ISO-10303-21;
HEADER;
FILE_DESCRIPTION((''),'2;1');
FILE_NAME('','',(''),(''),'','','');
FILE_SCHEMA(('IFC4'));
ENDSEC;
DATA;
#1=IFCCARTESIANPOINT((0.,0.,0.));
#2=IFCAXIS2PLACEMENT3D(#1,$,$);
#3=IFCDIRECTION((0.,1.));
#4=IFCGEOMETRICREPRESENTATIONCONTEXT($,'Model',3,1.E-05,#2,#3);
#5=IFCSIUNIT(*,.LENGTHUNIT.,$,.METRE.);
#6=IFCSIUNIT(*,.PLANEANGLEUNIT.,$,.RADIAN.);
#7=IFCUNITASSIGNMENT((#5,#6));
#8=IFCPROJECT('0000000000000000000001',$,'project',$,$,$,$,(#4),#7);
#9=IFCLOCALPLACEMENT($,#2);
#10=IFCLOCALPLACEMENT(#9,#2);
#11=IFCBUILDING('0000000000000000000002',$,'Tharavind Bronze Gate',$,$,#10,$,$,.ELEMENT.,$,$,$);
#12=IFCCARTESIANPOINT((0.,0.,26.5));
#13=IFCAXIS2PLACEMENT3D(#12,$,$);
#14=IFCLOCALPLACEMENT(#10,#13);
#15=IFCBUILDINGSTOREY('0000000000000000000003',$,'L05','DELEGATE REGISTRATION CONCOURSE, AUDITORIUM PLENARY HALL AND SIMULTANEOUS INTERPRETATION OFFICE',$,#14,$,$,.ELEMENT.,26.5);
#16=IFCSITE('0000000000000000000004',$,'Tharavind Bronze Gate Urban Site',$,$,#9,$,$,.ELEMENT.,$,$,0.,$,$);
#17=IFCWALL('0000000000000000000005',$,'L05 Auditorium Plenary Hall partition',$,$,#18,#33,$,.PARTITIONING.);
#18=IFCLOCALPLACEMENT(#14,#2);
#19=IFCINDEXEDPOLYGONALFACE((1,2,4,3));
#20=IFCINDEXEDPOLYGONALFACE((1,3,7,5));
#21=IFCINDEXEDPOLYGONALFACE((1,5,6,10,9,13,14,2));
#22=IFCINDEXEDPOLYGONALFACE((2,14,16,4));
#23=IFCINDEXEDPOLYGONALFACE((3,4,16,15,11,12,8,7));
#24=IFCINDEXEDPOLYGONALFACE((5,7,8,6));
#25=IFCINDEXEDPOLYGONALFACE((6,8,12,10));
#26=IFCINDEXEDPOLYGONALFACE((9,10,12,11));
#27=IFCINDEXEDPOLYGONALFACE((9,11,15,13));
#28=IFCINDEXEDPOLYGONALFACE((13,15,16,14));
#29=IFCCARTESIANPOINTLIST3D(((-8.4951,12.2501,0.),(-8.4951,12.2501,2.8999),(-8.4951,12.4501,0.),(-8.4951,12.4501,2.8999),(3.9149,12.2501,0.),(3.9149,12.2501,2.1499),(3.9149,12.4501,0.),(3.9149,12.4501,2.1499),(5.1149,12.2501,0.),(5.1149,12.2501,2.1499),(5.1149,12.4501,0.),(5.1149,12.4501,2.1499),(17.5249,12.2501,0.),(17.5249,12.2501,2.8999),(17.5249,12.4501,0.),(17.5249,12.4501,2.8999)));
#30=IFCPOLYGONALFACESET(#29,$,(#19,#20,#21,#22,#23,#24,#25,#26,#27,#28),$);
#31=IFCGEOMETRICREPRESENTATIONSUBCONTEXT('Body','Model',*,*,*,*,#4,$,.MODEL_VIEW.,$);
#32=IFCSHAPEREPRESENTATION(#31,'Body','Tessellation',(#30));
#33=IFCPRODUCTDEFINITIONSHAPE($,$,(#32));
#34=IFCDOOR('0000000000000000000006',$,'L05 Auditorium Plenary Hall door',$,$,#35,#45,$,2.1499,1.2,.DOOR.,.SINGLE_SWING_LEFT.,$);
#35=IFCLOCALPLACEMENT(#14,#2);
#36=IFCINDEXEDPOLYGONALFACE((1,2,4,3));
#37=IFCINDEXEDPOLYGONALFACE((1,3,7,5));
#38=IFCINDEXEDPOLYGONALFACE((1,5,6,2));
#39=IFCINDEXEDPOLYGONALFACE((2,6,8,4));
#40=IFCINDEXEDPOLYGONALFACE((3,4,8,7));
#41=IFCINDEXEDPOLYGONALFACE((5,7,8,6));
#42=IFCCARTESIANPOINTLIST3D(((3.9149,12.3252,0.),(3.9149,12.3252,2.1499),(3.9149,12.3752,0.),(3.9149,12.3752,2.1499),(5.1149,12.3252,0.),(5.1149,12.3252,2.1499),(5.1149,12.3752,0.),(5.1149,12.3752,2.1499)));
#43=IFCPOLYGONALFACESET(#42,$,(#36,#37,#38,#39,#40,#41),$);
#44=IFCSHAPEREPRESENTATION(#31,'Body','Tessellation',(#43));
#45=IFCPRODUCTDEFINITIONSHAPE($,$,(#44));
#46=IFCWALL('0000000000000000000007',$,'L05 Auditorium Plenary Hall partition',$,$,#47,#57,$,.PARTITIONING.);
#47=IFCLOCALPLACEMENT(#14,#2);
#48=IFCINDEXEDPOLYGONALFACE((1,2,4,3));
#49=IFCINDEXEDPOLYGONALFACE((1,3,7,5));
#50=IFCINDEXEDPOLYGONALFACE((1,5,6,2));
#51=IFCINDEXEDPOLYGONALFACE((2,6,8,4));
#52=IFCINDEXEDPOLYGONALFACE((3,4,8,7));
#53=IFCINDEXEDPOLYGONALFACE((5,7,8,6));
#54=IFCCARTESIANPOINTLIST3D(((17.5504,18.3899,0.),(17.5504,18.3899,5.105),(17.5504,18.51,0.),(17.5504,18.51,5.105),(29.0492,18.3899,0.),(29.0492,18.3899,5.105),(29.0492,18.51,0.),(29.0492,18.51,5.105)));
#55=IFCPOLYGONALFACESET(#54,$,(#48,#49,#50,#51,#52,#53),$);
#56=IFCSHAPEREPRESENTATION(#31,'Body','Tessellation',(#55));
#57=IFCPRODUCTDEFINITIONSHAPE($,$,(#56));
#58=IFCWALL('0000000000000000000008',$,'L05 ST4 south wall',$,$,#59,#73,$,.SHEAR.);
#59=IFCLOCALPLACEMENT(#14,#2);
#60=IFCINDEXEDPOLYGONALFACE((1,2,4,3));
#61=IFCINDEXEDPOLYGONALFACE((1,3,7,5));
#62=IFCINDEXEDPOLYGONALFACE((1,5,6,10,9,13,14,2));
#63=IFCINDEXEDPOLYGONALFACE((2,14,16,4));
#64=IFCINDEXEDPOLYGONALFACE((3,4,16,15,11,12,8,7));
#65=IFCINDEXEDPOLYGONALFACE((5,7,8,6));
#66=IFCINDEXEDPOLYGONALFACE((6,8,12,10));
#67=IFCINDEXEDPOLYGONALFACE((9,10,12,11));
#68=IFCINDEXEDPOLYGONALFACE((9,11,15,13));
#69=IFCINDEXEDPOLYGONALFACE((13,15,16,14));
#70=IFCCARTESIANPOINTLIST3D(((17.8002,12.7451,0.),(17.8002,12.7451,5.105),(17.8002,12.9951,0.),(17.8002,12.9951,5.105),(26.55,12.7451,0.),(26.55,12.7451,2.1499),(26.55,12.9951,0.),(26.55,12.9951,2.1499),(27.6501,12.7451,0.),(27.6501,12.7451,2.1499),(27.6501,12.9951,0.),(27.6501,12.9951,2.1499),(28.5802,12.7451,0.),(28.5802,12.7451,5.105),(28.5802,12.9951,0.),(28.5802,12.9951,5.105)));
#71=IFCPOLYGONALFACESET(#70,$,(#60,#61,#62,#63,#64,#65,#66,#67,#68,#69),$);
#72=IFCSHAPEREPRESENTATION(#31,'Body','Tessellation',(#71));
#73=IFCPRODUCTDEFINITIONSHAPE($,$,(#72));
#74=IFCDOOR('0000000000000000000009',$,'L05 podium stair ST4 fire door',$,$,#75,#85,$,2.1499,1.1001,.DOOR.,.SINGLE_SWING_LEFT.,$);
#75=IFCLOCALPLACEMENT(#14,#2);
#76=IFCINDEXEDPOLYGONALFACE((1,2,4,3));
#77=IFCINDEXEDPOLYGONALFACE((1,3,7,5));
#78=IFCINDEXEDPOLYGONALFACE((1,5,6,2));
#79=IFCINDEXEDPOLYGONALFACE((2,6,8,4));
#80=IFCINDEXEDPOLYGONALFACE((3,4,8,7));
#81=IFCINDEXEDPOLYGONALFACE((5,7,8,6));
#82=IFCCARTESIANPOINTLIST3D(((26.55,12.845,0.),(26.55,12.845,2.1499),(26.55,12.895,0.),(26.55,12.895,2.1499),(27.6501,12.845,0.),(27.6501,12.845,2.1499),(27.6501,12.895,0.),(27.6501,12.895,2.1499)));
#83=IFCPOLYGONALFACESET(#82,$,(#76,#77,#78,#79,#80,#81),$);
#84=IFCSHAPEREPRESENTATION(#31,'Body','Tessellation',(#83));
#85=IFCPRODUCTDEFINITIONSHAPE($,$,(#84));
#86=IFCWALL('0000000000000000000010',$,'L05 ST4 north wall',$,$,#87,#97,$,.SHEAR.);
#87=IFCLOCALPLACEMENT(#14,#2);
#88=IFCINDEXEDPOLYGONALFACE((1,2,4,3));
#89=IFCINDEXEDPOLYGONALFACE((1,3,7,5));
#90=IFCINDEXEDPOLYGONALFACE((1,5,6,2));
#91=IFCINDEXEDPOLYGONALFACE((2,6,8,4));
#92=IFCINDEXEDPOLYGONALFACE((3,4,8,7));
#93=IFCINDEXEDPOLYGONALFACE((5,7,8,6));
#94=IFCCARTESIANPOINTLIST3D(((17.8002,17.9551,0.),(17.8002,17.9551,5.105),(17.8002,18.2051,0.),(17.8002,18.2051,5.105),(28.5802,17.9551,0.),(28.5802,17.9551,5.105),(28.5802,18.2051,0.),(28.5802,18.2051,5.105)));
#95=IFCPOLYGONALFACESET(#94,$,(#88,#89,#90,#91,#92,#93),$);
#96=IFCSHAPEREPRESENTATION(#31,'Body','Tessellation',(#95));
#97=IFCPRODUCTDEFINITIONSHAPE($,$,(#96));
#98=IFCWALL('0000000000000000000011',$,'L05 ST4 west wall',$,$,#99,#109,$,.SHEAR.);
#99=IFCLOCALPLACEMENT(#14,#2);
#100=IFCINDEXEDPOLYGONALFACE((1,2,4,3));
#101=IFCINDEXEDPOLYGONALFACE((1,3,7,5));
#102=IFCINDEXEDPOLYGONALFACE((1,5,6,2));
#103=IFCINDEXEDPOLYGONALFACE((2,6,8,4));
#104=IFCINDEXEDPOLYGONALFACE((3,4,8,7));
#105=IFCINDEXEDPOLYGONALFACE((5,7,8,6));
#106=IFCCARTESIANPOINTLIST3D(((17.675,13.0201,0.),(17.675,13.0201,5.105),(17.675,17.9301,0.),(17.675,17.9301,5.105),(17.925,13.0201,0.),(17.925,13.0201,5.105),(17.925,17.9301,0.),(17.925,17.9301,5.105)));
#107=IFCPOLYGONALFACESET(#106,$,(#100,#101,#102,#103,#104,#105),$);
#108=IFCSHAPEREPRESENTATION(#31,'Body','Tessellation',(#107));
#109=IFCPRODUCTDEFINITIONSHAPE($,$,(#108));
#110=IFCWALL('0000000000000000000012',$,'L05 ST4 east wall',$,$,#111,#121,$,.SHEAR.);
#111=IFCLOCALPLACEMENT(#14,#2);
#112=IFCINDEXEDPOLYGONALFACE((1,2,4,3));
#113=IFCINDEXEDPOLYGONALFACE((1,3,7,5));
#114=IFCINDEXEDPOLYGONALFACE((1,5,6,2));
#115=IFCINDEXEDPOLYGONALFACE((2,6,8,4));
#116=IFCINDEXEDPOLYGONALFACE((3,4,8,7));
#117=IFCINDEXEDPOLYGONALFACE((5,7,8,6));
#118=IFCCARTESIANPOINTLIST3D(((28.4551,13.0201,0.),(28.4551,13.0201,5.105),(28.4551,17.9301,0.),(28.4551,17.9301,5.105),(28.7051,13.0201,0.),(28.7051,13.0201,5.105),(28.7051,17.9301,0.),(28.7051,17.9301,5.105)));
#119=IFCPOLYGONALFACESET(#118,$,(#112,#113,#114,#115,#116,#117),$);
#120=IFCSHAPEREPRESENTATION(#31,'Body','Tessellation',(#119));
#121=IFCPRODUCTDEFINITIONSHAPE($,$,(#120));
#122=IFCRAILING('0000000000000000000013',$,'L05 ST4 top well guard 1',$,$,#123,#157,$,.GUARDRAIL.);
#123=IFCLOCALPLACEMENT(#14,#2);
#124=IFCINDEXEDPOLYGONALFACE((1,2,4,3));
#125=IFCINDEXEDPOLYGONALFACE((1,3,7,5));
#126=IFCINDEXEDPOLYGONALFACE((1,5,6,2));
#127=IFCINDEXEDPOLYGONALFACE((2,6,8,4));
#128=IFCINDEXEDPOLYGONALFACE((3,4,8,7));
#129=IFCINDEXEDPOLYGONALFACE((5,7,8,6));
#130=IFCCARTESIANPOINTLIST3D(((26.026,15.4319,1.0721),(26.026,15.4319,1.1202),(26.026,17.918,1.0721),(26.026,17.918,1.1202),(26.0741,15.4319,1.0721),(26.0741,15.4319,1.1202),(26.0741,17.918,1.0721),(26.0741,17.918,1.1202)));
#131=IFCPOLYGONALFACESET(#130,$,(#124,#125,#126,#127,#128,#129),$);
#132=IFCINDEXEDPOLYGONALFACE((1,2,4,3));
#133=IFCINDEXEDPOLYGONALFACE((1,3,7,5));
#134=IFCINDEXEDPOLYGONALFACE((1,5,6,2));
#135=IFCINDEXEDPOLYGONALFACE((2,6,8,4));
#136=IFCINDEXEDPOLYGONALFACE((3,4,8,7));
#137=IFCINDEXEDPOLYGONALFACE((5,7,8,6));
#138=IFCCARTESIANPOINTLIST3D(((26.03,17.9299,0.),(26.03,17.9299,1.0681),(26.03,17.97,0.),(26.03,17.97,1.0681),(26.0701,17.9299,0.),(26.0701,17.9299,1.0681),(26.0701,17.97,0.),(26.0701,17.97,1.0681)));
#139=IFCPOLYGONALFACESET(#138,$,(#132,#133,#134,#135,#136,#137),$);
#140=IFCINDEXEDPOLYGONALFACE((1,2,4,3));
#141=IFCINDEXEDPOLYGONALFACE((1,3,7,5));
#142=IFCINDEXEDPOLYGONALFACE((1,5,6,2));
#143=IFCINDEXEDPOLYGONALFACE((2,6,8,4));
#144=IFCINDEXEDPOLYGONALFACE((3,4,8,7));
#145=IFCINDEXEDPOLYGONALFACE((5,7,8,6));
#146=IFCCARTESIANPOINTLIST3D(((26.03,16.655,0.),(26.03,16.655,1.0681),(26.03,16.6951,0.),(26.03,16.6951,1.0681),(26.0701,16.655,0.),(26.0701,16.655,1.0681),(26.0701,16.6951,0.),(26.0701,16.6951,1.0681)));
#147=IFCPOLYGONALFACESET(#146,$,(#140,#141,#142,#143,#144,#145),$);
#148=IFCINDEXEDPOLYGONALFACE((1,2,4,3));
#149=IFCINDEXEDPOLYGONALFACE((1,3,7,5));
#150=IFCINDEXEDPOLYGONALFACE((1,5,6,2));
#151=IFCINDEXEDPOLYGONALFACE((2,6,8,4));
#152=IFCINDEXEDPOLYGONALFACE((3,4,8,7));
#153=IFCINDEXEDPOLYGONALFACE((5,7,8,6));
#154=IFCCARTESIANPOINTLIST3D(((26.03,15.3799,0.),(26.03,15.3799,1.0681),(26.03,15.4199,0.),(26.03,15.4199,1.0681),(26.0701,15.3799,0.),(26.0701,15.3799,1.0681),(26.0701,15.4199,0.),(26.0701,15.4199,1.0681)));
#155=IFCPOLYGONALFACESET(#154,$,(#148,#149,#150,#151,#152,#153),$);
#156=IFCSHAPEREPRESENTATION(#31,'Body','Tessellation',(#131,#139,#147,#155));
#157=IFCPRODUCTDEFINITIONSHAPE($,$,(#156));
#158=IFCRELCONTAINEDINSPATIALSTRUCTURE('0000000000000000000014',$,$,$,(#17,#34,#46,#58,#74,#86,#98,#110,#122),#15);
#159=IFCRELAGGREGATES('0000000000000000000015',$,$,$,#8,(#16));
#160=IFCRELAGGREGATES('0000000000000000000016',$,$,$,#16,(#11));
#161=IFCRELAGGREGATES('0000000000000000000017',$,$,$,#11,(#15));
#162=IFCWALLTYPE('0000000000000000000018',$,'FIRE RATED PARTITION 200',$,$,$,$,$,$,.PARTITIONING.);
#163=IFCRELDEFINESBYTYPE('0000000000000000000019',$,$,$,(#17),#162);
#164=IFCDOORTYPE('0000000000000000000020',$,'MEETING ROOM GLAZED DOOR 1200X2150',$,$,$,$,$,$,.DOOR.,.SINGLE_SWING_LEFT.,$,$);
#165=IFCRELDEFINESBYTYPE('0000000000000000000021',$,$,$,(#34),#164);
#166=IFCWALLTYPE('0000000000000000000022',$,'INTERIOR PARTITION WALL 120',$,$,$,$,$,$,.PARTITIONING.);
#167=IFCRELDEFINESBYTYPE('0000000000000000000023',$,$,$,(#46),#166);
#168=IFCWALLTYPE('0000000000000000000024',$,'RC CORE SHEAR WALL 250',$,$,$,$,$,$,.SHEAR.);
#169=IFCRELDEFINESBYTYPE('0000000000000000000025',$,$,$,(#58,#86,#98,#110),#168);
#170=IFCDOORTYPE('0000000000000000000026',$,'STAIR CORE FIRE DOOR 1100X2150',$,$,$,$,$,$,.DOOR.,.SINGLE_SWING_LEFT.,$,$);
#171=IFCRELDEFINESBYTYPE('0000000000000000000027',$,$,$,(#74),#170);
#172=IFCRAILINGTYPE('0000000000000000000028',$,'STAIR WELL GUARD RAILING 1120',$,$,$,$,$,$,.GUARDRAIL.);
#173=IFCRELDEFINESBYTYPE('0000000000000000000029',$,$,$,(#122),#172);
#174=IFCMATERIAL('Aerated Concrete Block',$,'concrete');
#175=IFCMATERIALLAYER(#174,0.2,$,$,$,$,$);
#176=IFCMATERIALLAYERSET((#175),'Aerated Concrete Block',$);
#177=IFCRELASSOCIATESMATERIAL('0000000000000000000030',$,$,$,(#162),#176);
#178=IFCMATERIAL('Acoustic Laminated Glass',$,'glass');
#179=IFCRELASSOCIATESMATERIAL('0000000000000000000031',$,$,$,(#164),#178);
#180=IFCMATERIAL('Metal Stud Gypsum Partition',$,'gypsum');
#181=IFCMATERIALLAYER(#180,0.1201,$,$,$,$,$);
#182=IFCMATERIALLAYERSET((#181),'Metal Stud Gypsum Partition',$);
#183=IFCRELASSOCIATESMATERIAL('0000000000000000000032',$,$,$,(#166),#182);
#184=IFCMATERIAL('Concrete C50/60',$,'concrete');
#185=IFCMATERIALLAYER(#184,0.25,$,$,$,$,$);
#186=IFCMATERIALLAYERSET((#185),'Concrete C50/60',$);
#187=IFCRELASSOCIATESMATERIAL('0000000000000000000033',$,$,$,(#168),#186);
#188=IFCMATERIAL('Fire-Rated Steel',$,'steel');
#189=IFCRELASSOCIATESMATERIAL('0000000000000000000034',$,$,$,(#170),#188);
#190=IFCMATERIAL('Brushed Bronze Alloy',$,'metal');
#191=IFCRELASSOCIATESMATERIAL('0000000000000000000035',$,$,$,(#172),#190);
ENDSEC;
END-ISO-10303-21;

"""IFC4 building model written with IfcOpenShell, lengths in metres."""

from ifc_helpers import new_model, si_unit, direction, frame, frame_2d, origin, origin_2d, place, context, subcontext, project, spatial, rectangle, extrude, material, layer, layer_set, type_object, element, fill, save


model = new_model("IFC4")

# Units and contexts
model_context = context("Model", 3, precision=1e-05, world=origin(), true_north=direction((0.0, 1.0)))
body_context = subcontext(model_context, "Body", "Model", "MODEL_VIEW")
ifc_project = project(units=[si_unit("LENGTHUNIT", "METRE"), si_unit("PLANEANGLEUNIT", "RADIAN")], contexts=[model_context])

# Site, building, storey
site_placement = place(None, origin())
site = spatial("IfcSite", under=ifc_project, at=site_placement, Name="Tharavind Bronze Gate Urban Site", CompositionType="ELEMENT", RefElevation=0.0)
building_placement = place(site_placement, origin())
building = spatial("IfcBuilding", under=site, at=building_placement, Name="Tharavind Bronze Gate", CompositionType="ELEMENT")
storey_placement = place(building_placement, frame((0.0, 0.0, 26.5)))
storey = spatial("IfcBuildingStorey", under=building, at=storey_placement, Name="L05", Description="DELEGATE REGISTRATION CONCOURSE, AUDITORIUM PLENARY HALL AND SIMULTANEOUS INTERPRETATION OFFICE", CompositionType="ELEMENT", Elevation=26.5)

# Shared definitions
ifc_material_1 = material(Name="Aerated Concrete Block", Category="concrete")
ifc_layer_1 = layer(ifc_material_1, 0.2)
ifc_layer_set_1 = layer_set([ifc_layer_1], Name="Aerated Concrete Block")
wall_type_1 = type_object("IfcWallType", Name="FIRE RATED PARTITION 200", PredefinedType="PARTITIONING", material=ifc_layer_set_1)

# Wall, opening, door
wall_1_placement = place(storey_placement, frame((17.5249, 12.3501, 0.0), z_axis=(0.0, 0.0, 1.0), x_axis=(-1.0, 0.0, 0.0)))
wall_1 = element("IfcWall", 1, at=wall_1_placement, inside=storey, type_object=wall_type_1, Name="L05 Auditorium Plenary Hall partition", PredefinedType="PARTITIONING", context=body_context, shape_type="SweptSolid", body=[
    extrude(rectangle(XDim=26.02, YDim=0.2, at=frame_2d((13.01, 0.0))), origin(), (0.0, 0.0, 1.0), 2.8999),
])
opening_1_placement = place(wall_1_placement, frame((12.4099, 0.0, 0.0)))
opening_1 = element("IfcOpeningElement", 2, at=opening_1_placement, cuts=wall_1, PredefinedType="OPENING", context=body_context, shape_type="SweptSolid", body=[
    extrude(rectangle(XDim=1.2, YDim=2.1499, at=frame_2d((0.6001, 1.075))), frame((0.0, 0.1101, 0.0), z_axis=(0.0, -1.0, 0.0), x_axis=(1.0, 0.0, 0.0)), (0.0, 0.0, 1.0), 0.22),
])
ifc_material_2 = material(Name="Acoustic Laminated Glass", Category="glass")
door_type_1 = type_object("IfcDoorType", Name="MEETING ROOM GLAZED DOOR 1200X2150", OperationType="SINGLE_SWING_LEFT", PredefinedType="DOOR", material=ifc_material_2)
door_1_placement = place(opening_1_placement, origin())
door_1 = element("IfcDoor", 3, at=door_1_placement, inside=storey, type_object=door_type_1, Name="L05 Auditorium Plenary Hall door", OperationType="SINGLE_SWING_LEFT", OverallHeight=2.1499, OverallWidth=1.2, PredefinedType="DOOR", context=body_context, shape_type="SweptSolid", body=[
    extrude(rectangle(XDim=1.2, YDim=2.1499, at=frame_2d((0.6001, 1.075))), frame((0.0, 0.0249, 0.0), z_axis=(0.0, -1.0, 0.0), x_axis=(1.0, 0.0, 0.0)), (0.0, 0.0, 1.0), 0.05),
])
fill(opening_1, door_1)

# Wall
ifc_material_3 = material(Name="Metal Stud Gypsum Partition", Category="gypsum")
ifc_layer_2 = layer(ifc_material_3, 0.1201)
ifc_layer_set_2 = layer_set([ifc_layer_2], Name="Metal Stud Gypsum Partition")
wall_type_2 = type_object("IfcWallType", Name="INTERIOR PARTITION WALL 120", PredefinedType="PARTITIONING", material=ifc_layer_set_2)
wall_2_placement = place(storey_placement, frame((29.0493, 18.45, 0.0), z_axis=(0.0, 0.0, 1.0), x_axis=(-1.0, 0.0, 0.0)))
element("IfcWall", 4, at=wall_2_placement, inside=storey, type_object=wall_type_2, Name="L05 Auditorium Plenary Hall partition", PredefinedType="PARTITIONING", context=body_context, shape_type="SweptSolid", body=[
    extrude(rectangle(XDim=11.4988, YDim=0.1201, at=frame_2d((5.7495, 0.0))), origin(), (0.0, 0.0, 1.0), 5.105),
])

# Wall, opening, door
ifc_material_4 = material(Name="Concrete C50/60", Category="concrete")
ifc_layer_3 = layer(ifc_material_4, 0.25)
ifc_layer_set_3 = layer_set([ifc_layer_3], Name="Concrete C50/60")
wall_type_3 = type_object("IfcWallType", Name="RC CORE SHEAR WALL 250", PredefinedType="SHEAR", material=ifc_layer_set_3)
wall_3_placement = place(storey_placement, frame((17.8, 12.8701, 0.0), z_axis=(0.0, 0.0, 1.0), x_axis=(1.0, 0.0, 0.0)))
wall_3 = element("IfcWall", 5, at=wall_3_placement, inside=storey, type_object=wall_type_3, Name="L05 ST4 south wall", PredefinedType="SHEAR", context=body_context, shape_type="SweptSolid", body=[
    extrude(rectangle(XDim=10.78, YDim=0.25, at=frame_2d((5.3901, 0.0))), origin(), (0.0, 0.0, 1.0), 5.105),
])
opening_2_placement = place(wall_3_placement, frame((8.75, 0.0, 0.0)))
opening_2 = element("IfcOpeningElement", 6, at=opening_2_placement, cuts=wall_3, PredefinedType="OPENING", context=body_context, shape_type="SweptSolid", body=[
    extrude(rectangle(XDim=1.1001, YDim=2.1499, at=frame_2d((0.55, 1.075))), frame((0.0, 0.135, 0.0), z_axis=(0.0, -1.0, 0.0), x_axis=(1.0, 0.0, 0.0)), (0.0, 0.0, 1.0), 0.27),
])
ifc_material_5 = material(Name="Fire-Rated Steel", Category="steel")
door_type_2 = type_object("IfcDoorType", Name="STAIR CORE FIRE DOOR 1100X2150", OperationType="SINGLE_SWING_LEFT", PredefinedType="DOOR", material=ifc_material_5)
door_2_placement = place(opening_2_placement, origin())
door_2 = element("IfcDoor", 7, at=door_2_placement, inside=storey, type_object=door_type_2, Name="L05 podium stair ST4 fire door", OperationType="SINGLE_SWING_LEFT", OverallHeight=2.1499, OverallWidth=1.1001, PredefinedType="DOOR", context=body_context, shape_type="SweptSolid", body=[
    extrude(rectangle(XDim=1.1001, YDim=2.1499, at=frame_2d((0.55, 1.075))), frame((0.0, 0.0249, 0.0), z_axis=(0.0, -1.0, 0.0), x_axis=(1.0, 0.0, 0.0)), (0.0, 0.0, 1.0), 0.05),
])
fill(opening_2, door_2)

# Walls
wall_4_placement = place(storey_placement, frame((17.8, 18.0801, 0.0), z_axis=(0.0, 0.0, 1.0), x_axis=(1.0, 0.0, 0.0)))
element("IfcWall", 8, at=wall_4_placement, inside=storey, type_object=wall_type_3, Name="L05 ST4 north wall", PredefinedType="SHEAR", context=body_context, shape_type="SweptSolid", body=[
    extrude(rectangle(XDim=10.78, YDim=0.25, at=frame_2d((5.3901, 0.0))), origin(), (0.0, 0.0, 1.0), 5.105),
])
for number, where, z_axis, x_axis, name in (
    (9, (17.8, 13.02, 0.0), (0.0, 0.0, 1.0), (0.0, 1.0, 0.0), "L05 ST4 west wall"),
    (10, (28.5801, 13.02, 0.0), (0.0, 0.0, 1.0), (0.0, 1.0, 0.0), "L05 ST4 east wall"),
):
    element("IfcWall", number, at=place(storey_placement, frame(where, z_axis=z_axis, x_axis=x_axis)), inside=storey, type_object=wall_type_3, Name=name, PredefinedType="SHEAR", context=body_context, shape_type="SweptSolid", body=[
        extrude(rectangle(XDim=4.9099, YDim=0.25, at=frame_2d((2.4551, 0.0))), origin(), (0.0, 0.0, 1.0), 5.105),
    ])

# Railing
ifc_material_6 = material(Name="Brushed Bronze Alloy", Category="metal")
railing_type = type_object("IfcRailingType", Name="STAIR WELL GUARD RAILING 1120", PredefinedType="GUARDRAIL", material=ifc_material_6)
railing_placement = place(storey_placement, frame((26.05, 17.95, 0.0)))
element("IfcRailing", 11, at=railing_placement, inside=storey, type_object=railing_type, Name="L05 ST4 top well guard 1", PredefinedType="GUARDRAIL", context=body_context, shape_type="SweptSolid", body=[
    extrude(rectangle(XDim=0.0481, YDim=0.0481, at=origin_2d()), frame((0.0, -0.032, 1.0962), z_axis=(0.0, -1.0, 0.0), x_axis=(1.0, 0.0, 0.0)), (0.0, 0.0, 1.0), 2.4861),
    extrude(rectangle(XDim=0.04, YDim=0.04, at=origin_2d()), origin(), (0.0, 0.0, 1.0), 1.0681),
    extrude(rectangle(XDim=0.04, YDim=0.04, at=origin_2d()), frame((0.0, -1.2749, 0.0)), (0.0, 0.0, 1.0), 1.0681),
    extrude(rectangle(XDim=0.04, YDim=0.04, at=origin_2d()), frame((0.0, -2.55, 0.0)), (0.0, 0.0, 1.0), 1.0681),
])

save(model, "model.ifc")
